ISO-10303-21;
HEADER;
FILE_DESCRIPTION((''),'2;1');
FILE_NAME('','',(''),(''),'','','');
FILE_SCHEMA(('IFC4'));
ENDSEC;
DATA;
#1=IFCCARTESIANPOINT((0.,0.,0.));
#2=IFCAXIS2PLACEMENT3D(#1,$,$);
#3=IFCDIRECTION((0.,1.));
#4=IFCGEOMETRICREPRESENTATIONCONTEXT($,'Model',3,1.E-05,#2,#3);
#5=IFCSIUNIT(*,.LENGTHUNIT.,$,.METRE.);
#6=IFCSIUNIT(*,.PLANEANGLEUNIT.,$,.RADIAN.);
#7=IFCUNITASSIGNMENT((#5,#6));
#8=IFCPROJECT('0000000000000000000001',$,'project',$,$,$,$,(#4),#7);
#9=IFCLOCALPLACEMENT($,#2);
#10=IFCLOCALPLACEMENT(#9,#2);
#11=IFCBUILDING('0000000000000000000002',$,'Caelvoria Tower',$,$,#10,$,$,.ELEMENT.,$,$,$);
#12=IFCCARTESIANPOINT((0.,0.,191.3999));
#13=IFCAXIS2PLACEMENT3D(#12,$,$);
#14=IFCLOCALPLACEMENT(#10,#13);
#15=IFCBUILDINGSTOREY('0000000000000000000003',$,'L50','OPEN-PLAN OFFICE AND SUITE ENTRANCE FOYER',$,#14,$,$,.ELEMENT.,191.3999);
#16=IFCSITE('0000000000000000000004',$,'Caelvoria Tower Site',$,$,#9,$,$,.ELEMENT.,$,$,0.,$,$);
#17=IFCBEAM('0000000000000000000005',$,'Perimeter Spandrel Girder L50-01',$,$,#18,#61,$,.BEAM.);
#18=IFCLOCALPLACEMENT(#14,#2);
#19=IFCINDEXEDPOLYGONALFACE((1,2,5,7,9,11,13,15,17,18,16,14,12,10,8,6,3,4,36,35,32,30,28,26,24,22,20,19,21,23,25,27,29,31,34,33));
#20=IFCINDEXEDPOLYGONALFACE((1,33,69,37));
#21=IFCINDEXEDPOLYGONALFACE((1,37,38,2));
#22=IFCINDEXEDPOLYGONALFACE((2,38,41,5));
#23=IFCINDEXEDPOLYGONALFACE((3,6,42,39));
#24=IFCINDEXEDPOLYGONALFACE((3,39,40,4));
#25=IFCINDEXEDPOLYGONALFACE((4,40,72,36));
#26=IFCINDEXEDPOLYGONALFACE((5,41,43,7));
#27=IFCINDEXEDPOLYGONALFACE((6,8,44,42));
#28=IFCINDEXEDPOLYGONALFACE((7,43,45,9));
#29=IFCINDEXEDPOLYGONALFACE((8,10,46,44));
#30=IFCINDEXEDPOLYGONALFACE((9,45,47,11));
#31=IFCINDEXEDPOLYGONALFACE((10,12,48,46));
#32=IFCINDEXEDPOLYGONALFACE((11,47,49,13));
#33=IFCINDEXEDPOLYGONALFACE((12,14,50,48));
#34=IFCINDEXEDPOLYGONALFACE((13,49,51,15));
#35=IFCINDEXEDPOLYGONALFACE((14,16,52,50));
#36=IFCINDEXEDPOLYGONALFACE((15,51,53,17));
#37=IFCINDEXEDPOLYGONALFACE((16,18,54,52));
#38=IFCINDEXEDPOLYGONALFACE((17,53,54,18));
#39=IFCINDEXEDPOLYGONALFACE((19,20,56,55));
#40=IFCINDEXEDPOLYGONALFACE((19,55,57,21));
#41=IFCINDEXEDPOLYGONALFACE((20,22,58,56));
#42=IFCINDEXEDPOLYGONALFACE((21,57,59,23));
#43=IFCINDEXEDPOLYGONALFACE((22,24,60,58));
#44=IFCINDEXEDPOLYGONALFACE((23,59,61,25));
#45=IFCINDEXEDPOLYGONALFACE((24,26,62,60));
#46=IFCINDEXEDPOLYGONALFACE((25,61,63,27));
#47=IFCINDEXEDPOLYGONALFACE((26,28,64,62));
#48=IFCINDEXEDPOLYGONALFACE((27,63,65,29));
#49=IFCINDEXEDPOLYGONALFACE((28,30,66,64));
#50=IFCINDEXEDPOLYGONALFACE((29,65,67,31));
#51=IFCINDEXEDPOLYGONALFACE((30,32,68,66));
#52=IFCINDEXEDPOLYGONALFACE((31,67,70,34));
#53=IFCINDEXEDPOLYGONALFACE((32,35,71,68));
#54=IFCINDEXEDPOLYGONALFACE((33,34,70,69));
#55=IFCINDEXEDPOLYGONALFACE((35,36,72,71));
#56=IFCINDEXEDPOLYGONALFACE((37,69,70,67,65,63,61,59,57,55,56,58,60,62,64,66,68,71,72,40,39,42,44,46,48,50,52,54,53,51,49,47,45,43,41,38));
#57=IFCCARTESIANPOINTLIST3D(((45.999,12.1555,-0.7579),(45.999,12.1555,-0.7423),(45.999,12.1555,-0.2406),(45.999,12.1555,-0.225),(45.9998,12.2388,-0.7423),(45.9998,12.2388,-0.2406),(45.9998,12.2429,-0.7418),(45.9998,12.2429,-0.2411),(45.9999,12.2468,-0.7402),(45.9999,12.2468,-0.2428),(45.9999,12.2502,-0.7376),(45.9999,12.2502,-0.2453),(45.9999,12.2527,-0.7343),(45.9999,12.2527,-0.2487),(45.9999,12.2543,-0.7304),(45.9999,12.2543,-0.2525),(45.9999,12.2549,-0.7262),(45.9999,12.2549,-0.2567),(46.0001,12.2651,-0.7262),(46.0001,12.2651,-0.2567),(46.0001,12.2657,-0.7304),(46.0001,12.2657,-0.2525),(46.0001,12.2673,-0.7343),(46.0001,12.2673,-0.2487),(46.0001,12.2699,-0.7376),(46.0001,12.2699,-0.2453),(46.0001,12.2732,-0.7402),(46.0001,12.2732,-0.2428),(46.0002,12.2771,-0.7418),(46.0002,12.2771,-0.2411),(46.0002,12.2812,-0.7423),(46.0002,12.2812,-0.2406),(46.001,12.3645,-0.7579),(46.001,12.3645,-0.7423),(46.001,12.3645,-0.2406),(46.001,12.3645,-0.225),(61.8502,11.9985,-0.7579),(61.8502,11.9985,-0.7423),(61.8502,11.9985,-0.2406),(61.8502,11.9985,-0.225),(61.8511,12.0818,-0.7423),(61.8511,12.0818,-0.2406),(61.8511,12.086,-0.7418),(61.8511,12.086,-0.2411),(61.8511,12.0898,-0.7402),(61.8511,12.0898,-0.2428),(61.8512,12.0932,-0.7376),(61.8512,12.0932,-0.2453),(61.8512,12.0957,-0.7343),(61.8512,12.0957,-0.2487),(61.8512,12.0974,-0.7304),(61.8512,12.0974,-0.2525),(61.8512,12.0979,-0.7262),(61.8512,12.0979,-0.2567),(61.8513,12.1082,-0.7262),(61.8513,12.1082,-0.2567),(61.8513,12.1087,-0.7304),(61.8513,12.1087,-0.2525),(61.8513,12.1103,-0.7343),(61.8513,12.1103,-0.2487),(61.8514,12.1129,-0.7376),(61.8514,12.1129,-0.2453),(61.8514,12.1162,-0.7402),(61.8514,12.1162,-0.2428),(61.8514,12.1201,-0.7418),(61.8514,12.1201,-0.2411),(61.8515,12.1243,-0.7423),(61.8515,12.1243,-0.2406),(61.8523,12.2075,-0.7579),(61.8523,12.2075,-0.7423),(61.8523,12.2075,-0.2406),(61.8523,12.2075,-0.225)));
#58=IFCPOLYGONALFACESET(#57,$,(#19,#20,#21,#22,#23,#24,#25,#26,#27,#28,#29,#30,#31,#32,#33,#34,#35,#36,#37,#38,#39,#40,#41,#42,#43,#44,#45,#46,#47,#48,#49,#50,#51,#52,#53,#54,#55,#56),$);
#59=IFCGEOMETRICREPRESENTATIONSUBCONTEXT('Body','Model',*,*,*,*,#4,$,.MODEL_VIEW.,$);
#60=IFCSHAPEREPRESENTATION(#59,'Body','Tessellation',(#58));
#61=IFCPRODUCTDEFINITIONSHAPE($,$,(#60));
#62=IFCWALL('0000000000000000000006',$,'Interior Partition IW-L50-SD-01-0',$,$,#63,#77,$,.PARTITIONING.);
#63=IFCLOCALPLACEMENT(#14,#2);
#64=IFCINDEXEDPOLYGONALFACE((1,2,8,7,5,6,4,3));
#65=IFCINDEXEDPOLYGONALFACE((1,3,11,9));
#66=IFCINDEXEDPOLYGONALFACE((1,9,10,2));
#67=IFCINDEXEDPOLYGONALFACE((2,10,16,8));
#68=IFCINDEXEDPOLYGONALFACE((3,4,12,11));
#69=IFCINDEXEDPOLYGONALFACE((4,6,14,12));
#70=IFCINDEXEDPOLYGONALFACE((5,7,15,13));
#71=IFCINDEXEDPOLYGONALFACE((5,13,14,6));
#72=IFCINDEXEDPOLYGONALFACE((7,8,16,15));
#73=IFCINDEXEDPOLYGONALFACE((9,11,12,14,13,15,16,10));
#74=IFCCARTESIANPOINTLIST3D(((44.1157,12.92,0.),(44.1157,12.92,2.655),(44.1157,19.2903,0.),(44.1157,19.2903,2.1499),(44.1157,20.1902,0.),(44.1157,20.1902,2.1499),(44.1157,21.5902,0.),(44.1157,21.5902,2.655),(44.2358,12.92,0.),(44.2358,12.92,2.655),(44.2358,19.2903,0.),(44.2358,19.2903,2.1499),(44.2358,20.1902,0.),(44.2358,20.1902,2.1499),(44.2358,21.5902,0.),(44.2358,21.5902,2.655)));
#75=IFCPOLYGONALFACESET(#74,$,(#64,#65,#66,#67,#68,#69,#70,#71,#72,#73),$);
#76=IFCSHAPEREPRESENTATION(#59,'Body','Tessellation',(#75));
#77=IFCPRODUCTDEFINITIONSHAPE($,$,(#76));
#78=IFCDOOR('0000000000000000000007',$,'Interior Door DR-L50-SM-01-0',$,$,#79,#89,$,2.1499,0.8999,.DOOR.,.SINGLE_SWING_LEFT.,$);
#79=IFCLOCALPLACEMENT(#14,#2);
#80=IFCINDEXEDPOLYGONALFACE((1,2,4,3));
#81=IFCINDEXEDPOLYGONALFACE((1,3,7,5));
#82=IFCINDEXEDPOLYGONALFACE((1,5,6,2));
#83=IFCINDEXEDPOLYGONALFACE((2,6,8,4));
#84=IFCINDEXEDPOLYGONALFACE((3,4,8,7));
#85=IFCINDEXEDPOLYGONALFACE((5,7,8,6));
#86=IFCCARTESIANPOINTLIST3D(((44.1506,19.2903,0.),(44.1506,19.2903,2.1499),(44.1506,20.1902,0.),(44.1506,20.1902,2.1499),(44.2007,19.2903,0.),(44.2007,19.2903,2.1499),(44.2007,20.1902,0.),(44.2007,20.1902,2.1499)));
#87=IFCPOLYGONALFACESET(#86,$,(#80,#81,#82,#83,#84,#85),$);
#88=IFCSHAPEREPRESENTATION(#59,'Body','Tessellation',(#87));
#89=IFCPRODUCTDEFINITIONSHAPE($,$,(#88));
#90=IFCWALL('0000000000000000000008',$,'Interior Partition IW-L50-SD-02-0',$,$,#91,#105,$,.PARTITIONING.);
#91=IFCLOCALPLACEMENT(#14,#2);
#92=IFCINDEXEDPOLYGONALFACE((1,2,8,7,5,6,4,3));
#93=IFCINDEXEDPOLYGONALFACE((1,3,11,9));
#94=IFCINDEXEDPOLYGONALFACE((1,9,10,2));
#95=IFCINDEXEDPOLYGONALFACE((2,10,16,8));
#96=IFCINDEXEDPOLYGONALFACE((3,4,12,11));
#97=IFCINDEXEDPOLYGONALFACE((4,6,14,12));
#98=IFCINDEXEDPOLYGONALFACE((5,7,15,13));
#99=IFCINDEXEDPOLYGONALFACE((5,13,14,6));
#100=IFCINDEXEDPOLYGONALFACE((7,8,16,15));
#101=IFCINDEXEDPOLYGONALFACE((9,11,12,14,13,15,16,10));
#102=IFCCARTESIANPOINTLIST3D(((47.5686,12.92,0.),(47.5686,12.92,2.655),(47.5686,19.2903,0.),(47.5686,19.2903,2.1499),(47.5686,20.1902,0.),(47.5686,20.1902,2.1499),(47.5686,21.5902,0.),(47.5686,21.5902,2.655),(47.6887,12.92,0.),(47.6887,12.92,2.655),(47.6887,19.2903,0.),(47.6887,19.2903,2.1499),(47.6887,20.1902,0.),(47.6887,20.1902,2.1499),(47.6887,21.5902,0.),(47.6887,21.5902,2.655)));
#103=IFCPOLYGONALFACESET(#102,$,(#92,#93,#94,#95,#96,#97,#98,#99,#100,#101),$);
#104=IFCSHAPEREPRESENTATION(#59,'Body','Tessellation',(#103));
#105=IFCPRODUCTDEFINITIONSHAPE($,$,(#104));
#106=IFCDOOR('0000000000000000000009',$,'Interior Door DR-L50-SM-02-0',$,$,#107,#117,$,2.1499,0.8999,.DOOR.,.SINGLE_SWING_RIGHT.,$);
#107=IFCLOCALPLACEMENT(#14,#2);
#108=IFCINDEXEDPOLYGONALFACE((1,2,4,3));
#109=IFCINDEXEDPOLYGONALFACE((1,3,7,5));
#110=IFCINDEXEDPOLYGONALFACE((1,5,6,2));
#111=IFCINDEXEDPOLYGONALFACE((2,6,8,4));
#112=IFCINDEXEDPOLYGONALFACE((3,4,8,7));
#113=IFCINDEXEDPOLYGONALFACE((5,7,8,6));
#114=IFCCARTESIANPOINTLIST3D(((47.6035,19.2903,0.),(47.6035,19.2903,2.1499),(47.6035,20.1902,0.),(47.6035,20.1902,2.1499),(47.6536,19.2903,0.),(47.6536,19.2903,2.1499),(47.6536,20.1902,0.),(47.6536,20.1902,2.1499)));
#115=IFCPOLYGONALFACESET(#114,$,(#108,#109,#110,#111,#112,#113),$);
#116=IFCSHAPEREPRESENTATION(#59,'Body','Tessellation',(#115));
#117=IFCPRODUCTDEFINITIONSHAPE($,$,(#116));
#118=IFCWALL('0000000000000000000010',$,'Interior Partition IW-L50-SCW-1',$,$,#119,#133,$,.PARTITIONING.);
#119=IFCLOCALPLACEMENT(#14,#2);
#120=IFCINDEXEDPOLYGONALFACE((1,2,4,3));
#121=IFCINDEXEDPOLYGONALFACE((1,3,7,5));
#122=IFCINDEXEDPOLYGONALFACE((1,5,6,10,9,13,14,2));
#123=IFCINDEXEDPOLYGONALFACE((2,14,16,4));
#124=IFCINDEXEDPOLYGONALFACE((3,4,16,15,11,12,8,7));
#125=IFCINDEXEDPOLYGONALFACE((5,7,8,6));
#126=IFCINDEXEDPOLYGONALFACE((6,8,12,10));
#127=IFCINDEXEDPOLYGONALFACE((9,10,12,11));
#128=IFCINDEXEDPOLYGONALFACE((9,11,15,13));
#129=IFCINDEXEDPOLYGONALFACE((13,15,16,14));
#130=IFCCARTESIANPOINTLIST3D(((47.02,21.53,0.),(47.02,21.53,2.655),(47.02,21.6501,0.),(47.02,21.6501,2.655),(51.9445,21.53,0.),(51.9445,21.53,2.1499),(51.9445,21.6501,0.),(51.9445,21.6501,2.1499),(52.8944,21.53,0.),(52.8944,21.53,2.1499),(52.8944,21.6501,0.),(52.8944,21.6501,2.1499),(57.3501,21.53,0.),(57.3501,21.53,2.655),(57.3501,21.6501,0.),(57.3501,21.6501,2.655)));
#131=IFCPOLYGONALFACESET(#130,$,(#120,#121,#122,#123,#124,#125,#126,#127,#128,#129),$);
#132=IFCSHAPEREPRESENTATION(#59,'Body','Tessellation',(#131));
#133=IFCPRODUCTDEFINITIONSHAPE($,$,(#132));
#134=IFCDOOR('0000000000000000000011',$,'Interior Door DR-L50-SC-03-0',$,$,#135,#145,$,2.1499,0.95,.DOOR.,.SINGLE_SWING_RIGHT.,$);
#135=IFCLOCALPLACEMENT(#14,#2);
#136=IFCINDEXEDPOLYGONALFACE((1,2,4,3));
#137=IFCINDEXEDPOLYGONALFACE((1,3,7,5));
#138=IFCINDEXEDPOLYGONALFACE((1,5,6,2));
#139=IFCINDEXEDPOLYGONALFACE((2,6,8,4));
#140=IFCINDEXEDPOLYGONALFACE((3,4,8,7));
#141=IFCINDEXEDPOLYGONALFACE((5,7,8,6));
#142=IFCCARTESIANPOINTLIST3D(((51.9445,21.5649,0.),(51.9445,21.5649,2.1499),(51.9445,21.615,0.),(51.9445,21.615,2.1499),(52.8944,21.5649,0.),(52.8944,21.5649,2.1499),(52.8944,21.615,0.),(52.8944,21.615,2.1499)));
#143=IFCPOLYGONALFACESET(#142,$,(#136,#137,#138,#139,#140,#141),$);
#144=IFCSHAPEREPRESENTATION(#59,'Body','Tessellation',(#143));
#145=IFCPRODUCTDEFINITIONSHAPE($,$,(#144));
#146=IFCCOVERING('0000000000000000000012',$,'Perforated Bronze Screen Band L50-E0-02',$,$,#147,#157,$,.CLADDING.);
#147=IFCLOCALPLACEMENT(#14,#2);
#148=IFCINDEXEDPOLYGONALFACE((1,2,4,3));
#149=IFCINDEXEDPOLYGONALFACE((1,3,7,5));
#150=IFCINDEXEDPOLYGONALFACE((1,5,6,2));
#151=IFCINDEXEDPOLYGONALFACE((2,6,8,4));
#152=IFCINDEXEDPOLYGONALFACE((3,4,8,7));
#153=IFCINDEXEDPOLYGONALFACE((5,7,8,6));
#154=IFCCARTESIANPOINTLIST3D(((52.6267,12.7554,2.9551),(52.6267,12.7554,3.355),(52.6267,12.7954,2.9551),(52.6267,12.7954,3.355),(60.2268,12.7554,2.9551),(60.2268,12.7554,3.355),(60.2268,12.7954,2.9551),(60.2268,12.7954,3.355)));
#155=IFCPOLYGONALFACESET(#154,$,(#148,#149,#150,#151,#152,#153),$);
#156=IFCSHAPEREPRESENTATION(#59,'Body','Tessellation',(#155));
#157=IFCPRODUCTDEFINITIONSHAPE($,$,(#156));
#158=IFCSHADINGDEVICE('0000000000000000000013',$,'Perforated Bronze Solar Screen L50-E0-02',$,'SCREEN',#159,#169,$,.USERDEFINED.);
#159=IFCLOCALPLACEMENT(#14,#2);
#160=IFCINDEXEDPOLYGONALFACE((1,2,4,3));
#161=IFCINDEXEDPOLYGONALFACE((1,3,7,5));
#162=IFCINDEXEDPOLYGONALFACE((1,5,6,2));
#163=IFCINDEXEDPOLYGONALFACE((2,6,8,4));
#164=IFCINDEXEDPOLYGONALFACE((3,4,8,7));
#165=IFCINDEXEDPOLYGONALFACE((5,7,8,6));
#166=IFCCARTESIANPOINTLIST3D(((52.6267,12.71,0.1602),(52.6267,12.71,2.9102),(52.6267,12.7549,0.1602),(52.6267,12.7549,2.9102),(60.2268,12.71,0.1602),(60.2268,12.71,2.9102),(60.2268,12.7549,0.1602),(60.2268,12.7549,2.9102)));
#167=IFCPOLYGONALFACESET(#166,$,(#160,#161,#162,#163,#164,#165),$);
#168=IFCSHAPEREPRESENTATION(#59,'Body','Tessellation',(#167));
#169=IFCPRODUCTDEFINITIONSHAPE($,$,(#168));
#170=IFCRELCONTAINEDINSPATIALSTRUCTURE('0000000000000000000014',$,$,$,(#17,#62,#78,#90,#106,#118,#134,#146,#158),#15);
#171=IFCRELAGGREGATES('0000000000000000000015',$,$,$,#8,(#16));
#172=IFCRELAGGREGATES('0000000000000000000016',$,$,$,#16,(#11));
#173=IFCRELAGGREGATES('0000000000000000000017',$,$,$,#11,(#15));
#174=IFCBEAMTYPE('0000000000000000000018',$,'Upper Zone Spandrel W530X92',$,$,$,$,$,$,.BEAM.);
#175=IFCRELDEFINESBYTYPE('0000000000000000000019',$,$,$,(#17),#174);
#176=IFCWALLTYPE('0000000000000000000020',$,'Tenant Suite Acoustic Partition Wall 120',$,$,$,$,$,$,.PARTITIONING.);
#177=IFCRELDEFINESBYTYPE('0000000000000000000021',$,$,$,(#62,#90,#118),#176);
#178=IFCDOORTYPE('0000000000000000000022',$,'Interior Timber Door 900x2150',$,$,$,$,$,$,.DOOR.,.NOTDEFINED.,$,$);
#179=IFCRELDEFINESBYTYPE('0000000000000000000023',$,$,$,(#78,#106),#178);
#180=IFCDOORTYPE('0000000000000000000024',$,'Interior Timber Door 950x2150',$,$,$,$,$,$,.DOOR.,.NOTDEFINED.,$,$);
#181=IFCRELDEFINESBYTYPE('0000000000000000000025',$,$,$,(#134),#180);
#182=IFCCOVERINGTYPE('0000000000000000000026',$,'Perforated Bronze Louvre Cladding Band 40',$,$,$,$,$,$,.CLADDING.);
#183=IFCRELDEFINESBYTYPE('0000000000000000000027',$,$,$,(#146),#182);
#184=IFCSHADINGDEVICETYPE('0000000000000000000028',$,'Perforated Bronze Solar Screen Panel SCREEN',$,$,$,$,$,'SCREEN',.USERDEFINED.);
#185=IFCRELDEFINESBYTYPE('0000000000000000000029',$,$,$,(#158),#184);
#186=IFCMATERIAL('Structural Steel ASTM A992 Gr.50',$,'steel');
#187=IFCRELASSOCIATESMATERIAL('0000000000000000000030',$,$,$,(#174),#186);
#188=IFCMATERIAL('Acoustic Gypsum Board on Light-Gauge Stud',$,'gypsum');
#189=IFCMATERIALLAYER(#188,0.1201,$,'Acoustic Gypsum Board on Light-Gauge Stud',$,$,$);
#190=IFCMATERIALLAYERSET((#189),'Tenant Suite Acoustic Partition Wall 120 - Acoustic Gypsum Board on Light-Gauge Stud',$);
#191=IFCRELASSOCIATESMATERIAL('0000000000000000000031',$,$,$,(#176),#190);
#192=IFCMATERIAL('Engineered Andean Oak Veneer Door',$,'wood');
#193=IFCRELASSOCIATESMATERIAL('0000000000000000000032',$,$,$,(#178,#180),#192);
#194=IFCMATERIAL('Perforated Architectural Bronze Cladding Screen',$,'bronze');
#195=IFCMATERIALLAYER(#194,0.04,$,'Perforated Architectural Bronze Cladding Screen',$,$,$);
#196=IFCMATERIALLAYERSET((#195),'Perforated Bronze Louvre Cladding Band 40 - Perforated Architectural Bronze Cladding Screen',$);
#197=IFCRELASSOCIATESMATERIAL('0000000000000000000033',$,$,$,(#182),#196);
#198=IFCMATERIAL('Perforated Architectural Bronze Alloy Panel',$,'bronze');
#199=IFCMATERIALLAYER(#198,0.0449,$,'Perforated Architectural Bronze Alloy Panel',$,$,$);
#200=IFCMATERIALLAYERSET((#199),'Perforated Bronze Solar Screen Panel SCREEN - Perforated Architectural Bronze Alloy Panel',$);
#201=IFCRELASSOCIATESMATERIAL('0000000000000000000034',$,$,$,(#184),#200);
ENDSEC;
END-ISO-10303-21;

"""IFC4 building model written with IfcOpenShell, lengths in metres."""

from ifc_helpers import new_model, si_unit, direction, frame, frame_2d, origin, origin_2d, place, context, subcontext, project, spatial, rectangle, i_section, extrude, material, layer, layer_set, material_profile, profile_set, type_object, element, fill, save


model = new_model("IFC4")

# Units and contexts
model_context = context("Model", 3, precision=1e-05, world=origin(), true_north=direction((0.0, 1.0)))
body_context = subcontext(model_context, "Body", "Model", "MODEL_VIEW")
ifc_project = project(units=[si_unit("LENGTHUNIT", "METRE"), si_unit("PLANEANGLEUNIT", "RADIAN")], contexts=[model_context])

# Site, building, storey
site_placement = place(None, origin())
site = spatial("IfcSite", under=ifc_project, at=site_placement, Name="Caelvoria Tower Site", CompositionType="ELEMENT", RefElevation=0.0)
building_placement = place(site_placement, origin())
building = spatial("IfcBuilding", under=site, at=building_placement, Name="Caelvoria Tower", CompositionType="ELEMENT")
storey_placement = place(building_placement, frame((0.0, 0.0, 191.3999)))
storey = spatial("IfcBuildingStorey", under=building, at=storey_placement, Name="L50", Description="OPEN-PLAN OFFICE AND SUITE ENTRANCE FOYER", CompositionType="ELEMENT", Elevation=191.3999)

# Shared definitions
ifc_material_1 = material(Name="Structural Steel ASTM A992 Gr.50", Category="steel")

# Beam
ifc_material_profile_1 = material_profile(ifc_material_1, i_section(OverallWidth=0.209, OverallDepth=0.533, WebThickness=0.0103, FlangeThickness=0.0156, FilletRadius=0.0161, at=origin_2d()), Name="Structural Steel ASTM A992 Gr.50")
ifc_profile_set_1 = profile_set([ifc_material_profile_1], Name="W530X92 - Structural Steel ASTM A992 Gr.50")
beam_type_1 = type_object("IfcBeamType", Name="Upper Zone Spandrel W530X92", PredefinedType="BEAM", material=ifc_profile_set_1)
beam_1_placement = place(storey_placement, frame((46.0, 12.26, -0.4915), z_axis=(0.999951, -0.009903, 0.0), x_axis=(0.009903, 0.999951, 0.0)))
element("IfcBeam", 1, at=beam_1_placement, inside=storey, type_object=beam_type_1, Name="Perimeter Spandrel Girder L50-01", PredefinedType="BEAM", context=body_context, shape_type="SweptSolid", body=[
    extrude(i_section(OverallWidth=0.209, OverallDepth=0.533, WebThickness=0.0103, FlangeThickness=0.0156, FilletRadius=0.0161, at=origin_2d()), origin(), (0.0, 0.0, 1.0), 15.8521),
])

# Walls, openings, doors
ifc_material_2 = material(Name="Acoustic Gypsum Board on Light-Gauge Stud", Category="gypsum")
ifc_layer_1 = layer(ifc_material_2, 0.1201, Name="Acoustic Gypsum Board on Light-Gauge Stud")
ifc_layer_set_1 = layer_set([ifc_layer_1], Name="Tenant Suite Acoustic Partition Wall 120 - Acoustic Gypsum Board on Light-Gauge Stud")
wall_type = type_object("IfcWallType", Name="Tenant Suite Acoustic Partition Wall 120", PredefinedType="PARTITIONING", material=ifc_layer_set_1)
wall_1_placement = place(storey_placement, frame((44.1758, 21.5901, 0.0), z_axis=(0.0, 0.0, 1.0), x_axis=(0.0, -1.0, 0.0)))
wall_1 = element("IfcWall", 2, at=wall_1_placement, inside=storey, type_object=wall_type, Name="Interior Partition IW-L50-SD-01-0", PredefinedType="PARTITIONING", context=body_context, shape_type="SweptSolid", body=[
    extrude(rectangle(XDim=8.6702, YDim=0.1201, at=frame_2d((4.335, 0.0))), origin(), (0.0, 0.0, 1.0), 2.655),
])
opening_1_placement = place(wall_1_placement, frame((1.3999, 0.0, 0.0)))
opening_1 = element("IfcOpeningElement", 3, at=opening_1_placement, cuts=wall_1, PredefinedType="OPENING", context=body_context, shape_type="SweptSolid", body=[
    extrude(rectangle(XDim=0.8999, YDim=2.1499, at=frame_2d((0.45, 1.075))), frame((0.0, 0.0701, 0.0), z_axis=(0.0, -1.0, 0.0), x_axis=(1.0, 0.0, 0.0)), (0.0, 0.0, 1.0), 0.1401),
])
ifc_material_3 = material(Name="Engineered Andean Oak Veneer Door", Category="wood")
door_type_1 = type_object("IfcDoorType", Name="Interior Timber Door 900x2150", OperationType="NOTDEFINED", PredefinedType="DOOR", material=ifc_material_3)
door_1_placement = place(opening_1_placement, origin())
door_1 = element("IfcDoor", 4, at=door_1_placement, inside=storey, type_object=door_type_1, Name="Interior Door DR-L50-SM-01-0", OperationType="SINGLE_SWING_LEFT", OverallHeight=2.1499, OverallWidth=0.8999, PredefinedType="DOOR", context=body_context, shape_type="SweptSolid", body=[
    extrude(rectangle(XDim=0.8999, YDim=2.1499, at=frame_2d((0.45, 1.075))), frame((0.0, 0.0249, 0.0), z_axis=(0.0, -1.0, 0.0), x_axis=(1.0, 0.0, 0.0)), (0.0, 0.0, 1.0), 0.05),
])
fill(opening_1, door_1)
wall_2_placement = place(storey_placement, frame((47.6287, 21.5901, 0.0), z_axis=(0.0, 0.0, 1.0), x_axis=(0.0, -1.0, 0.0)))
wall_2 = element("IfcWall", 5, at=wall_2_placement, inside=storey, type_object=wall_type, Name="Interior Partition IW-L50-SD-02-0", PredefinedType="PARTITIONING", context=body_context, shape_type="SweptSolid", body=[
    extrude(rectangle(XDim=8.6702, YDim=0.1201, at=frame_2d((4.335, 0.0))), origin(), (0.0, 0.0, 1.0), 2.655),
])
opening_2_placement = place(wall_2_placement, frame((1.3999, 0.0, 0.0)))
opening_2 = element("IfcOpeningElement", 6, at=opening_2_placement, cuts=wall_2, PredefinedType="OPENING", context=body_context, shape_type="SweptSolid", body=[
    extrude(rectangle(XDim=0.8999, YDim=2.1499, at=frame_2d((0.45, 1.075))), frame((0.0, 0.0701, 0.0), z_axis=(0.0, -1.0, 0.0), x_axis=(1.0, 0.0, 0.0)), (0.0, 0.0, 1.0), 0.1401),
])
door_2_placement = place(opening_2_placement, origin())
door_2 = element("IfcDoor", 7, at=door_2_placement, inside=storey, type_object=door_type_1, Name="Interior Door DR-L50-SM-02-0", OperationType="SINGLE_SWING_RIGHT", OverallHeight=2.1499, OverallWidth=0.8999, PredefinedType="DOOR", context=body_context, shape_type="SweptSolid", body=[
    extrude(rectangle(XDim=0.8999, YDim=2.1499, at=frame_2d((0.45, 1.075))), frame((0.0, 0.0249, 0.0), z_axis=(0.0, -1.0, 0.0), x_axis=(1.0, 0.0, 0.0)), (0.0, 0.0, 1.0), 0.05),
])
fill(opening_2, door_2)
wall_3_placement = place(storey_placement, frame((47.02, 21.5901, 0.0), z_axis=(0.0, 0.0, 1.0), x_axis=(1.0, 0.0, 0.0)))
wall_3 = element("IfcWall", 8, at=wall_3_placement, inside=storey, type_object=wall_type, Name="Interior Partition IW-L50-SCW-1", PredefinedType="PARTITIONING", context=body_context, shape_type="SweptSolid", body=[
    extrude(rectangle(XDim=10.3301, YDim=0.1201, at=frame_2d((5.165, 0.0))), origin(), (0.0, 0.0, 1.0), 2.655),
])
opening_3_placement = place(wall_3_placement, frame((4.9243, 0.0, 0.0)))
opening_3 = element("IfcOpeningElement", 9, at=opening_3_placement, cuts=wall_3, PredefinedType="OPENING", context=body_context, shape_type="SweptSolid", body=[
    extrude(rectangle(XDim=0.95, YDim=2.1499, at=frame_2d((0.4751, 1.075))), frame((0.0, 0.0701, 0.0), z_axis=(0.0, -1.0, 0.0), x_axis=(1.0, 0.0, 0.0)), (0.0, 0.0, 1.0), 0.1401),
])
door_type_2 = type_object("IfcDoorType", Name="Interior Timber Door 950x2150", OperationType="NOTDEFINED", PredefinedType="DOOR", material=ifc_material_3)
door_3_placement = place(opening_3_placement, origin())
door_3 = element("IfcDoor", 10, at=door_3_placement, inside=storey, type_object=door_type_2, Name="Interior Door DR-L50-SC-03-0", OperationType="SINGLE_SWING_RIGHT", OverallHeight=2.1499, OverallWidth=0.95, PredefinedType="DOOR", context=body_context, shape_type="SweptSolid", body=[
    extrude(rectangle(XDim=0.95, YDim=2.1499, at=frame_2d((0.4751, 1.075))), frame((0.0, 0.0249, 0.0), z_axis=(0.0, -1.0, 0.0), x_axis=(1.0, 0.0, 0.0)), (0.0, 0.0, 1.0), 0.05),
])
fill(opening_3, door_3)

# Covering
ifc_material_4 = material(Name="Perforated Architectural Bronze Cladding Screen", Category="bronze")
ifc_layer_2 = layer(ifc_material_4, 0.04, Name="Perforated Architectural Bronze Cladding Screen")
ifc_layer_set_2 = layer_set([ifc_layer_2], Name="Perforated Bronze Louvre Cladding Band 40 - Perforated Architectural Bronze Cladding Screen")
covering_type = type_object("IfcCoveringType", Name="Perforated Bronze Louvre Cladding Band 40", PredefinedType="CLADDING", material=ifc_layer_set_2)
covering_placement = place(storey_placement, frame((56.4268, 12.7754, 2.9551), z_axis=(0.0, 0.0, 1.0), x_axis=(1.0, 0.0, 0.0)))
element("IfcCovering", 11, at=covering_placement, inside=storey, type_object=covering_type, Name="Perforated Bronze Screen Band L50-E0-02", PredefinedType="CLADDING", context=body_context, shape_type="SweptSolid", body=[
    extrude(rectangle(XDim=7.6001, YDim=0.04, at=origin_2d()), origin(), (0.0, 0.0, 1.0), 0.3999),
])

# Shading device
ifc_material_5 = material(Name="Perforated Architectural Bronze Alloy Panel", Category="bronze")
ifc_layer_3 = layer(ifc_material_5, 0.0449, Name="Perforated Architectural Bronze Alloy Panel")
ifc_layer_set_3 = layer_set([ifc_layer_3], Name="Perforated Bronze Solar Screen Panel SCREEN - Perforated Architectural Bronze Alloy Panel")
shading_device_type = type_object("IfcShadingDeviceType", Name="Perforated Bronze Solar Screen Panel SCREEN", ElementType="SCREEN", PredefinedType="USERDEFINED", material=ifc_layer_set_3)
shading_device_placement = place(storey_placement, frame((56.4268, 12.7324, 0.1602), z_axis=(0.0, 0.0, 1.0), x_axis=(1.0, 0.0, 0.0)))
element("IfcShadingDevice", 12, at=shading_device_placement, inside=storey, type_object=shading_device_type, Name="Perforated Bronze Solar Screen L50-E0-02", ObjectType="SCREEN", PredefinedType="USERDEFINED", context=body_context, shape_type="SweptSolid", body=[
    extrude(rectangle(XDim=7.6001, YDim=0.0449, at=origin_2d()), origin(), (0.0, 0.0, 1.0), 2.75),
])

save(model, "model.ifc")
